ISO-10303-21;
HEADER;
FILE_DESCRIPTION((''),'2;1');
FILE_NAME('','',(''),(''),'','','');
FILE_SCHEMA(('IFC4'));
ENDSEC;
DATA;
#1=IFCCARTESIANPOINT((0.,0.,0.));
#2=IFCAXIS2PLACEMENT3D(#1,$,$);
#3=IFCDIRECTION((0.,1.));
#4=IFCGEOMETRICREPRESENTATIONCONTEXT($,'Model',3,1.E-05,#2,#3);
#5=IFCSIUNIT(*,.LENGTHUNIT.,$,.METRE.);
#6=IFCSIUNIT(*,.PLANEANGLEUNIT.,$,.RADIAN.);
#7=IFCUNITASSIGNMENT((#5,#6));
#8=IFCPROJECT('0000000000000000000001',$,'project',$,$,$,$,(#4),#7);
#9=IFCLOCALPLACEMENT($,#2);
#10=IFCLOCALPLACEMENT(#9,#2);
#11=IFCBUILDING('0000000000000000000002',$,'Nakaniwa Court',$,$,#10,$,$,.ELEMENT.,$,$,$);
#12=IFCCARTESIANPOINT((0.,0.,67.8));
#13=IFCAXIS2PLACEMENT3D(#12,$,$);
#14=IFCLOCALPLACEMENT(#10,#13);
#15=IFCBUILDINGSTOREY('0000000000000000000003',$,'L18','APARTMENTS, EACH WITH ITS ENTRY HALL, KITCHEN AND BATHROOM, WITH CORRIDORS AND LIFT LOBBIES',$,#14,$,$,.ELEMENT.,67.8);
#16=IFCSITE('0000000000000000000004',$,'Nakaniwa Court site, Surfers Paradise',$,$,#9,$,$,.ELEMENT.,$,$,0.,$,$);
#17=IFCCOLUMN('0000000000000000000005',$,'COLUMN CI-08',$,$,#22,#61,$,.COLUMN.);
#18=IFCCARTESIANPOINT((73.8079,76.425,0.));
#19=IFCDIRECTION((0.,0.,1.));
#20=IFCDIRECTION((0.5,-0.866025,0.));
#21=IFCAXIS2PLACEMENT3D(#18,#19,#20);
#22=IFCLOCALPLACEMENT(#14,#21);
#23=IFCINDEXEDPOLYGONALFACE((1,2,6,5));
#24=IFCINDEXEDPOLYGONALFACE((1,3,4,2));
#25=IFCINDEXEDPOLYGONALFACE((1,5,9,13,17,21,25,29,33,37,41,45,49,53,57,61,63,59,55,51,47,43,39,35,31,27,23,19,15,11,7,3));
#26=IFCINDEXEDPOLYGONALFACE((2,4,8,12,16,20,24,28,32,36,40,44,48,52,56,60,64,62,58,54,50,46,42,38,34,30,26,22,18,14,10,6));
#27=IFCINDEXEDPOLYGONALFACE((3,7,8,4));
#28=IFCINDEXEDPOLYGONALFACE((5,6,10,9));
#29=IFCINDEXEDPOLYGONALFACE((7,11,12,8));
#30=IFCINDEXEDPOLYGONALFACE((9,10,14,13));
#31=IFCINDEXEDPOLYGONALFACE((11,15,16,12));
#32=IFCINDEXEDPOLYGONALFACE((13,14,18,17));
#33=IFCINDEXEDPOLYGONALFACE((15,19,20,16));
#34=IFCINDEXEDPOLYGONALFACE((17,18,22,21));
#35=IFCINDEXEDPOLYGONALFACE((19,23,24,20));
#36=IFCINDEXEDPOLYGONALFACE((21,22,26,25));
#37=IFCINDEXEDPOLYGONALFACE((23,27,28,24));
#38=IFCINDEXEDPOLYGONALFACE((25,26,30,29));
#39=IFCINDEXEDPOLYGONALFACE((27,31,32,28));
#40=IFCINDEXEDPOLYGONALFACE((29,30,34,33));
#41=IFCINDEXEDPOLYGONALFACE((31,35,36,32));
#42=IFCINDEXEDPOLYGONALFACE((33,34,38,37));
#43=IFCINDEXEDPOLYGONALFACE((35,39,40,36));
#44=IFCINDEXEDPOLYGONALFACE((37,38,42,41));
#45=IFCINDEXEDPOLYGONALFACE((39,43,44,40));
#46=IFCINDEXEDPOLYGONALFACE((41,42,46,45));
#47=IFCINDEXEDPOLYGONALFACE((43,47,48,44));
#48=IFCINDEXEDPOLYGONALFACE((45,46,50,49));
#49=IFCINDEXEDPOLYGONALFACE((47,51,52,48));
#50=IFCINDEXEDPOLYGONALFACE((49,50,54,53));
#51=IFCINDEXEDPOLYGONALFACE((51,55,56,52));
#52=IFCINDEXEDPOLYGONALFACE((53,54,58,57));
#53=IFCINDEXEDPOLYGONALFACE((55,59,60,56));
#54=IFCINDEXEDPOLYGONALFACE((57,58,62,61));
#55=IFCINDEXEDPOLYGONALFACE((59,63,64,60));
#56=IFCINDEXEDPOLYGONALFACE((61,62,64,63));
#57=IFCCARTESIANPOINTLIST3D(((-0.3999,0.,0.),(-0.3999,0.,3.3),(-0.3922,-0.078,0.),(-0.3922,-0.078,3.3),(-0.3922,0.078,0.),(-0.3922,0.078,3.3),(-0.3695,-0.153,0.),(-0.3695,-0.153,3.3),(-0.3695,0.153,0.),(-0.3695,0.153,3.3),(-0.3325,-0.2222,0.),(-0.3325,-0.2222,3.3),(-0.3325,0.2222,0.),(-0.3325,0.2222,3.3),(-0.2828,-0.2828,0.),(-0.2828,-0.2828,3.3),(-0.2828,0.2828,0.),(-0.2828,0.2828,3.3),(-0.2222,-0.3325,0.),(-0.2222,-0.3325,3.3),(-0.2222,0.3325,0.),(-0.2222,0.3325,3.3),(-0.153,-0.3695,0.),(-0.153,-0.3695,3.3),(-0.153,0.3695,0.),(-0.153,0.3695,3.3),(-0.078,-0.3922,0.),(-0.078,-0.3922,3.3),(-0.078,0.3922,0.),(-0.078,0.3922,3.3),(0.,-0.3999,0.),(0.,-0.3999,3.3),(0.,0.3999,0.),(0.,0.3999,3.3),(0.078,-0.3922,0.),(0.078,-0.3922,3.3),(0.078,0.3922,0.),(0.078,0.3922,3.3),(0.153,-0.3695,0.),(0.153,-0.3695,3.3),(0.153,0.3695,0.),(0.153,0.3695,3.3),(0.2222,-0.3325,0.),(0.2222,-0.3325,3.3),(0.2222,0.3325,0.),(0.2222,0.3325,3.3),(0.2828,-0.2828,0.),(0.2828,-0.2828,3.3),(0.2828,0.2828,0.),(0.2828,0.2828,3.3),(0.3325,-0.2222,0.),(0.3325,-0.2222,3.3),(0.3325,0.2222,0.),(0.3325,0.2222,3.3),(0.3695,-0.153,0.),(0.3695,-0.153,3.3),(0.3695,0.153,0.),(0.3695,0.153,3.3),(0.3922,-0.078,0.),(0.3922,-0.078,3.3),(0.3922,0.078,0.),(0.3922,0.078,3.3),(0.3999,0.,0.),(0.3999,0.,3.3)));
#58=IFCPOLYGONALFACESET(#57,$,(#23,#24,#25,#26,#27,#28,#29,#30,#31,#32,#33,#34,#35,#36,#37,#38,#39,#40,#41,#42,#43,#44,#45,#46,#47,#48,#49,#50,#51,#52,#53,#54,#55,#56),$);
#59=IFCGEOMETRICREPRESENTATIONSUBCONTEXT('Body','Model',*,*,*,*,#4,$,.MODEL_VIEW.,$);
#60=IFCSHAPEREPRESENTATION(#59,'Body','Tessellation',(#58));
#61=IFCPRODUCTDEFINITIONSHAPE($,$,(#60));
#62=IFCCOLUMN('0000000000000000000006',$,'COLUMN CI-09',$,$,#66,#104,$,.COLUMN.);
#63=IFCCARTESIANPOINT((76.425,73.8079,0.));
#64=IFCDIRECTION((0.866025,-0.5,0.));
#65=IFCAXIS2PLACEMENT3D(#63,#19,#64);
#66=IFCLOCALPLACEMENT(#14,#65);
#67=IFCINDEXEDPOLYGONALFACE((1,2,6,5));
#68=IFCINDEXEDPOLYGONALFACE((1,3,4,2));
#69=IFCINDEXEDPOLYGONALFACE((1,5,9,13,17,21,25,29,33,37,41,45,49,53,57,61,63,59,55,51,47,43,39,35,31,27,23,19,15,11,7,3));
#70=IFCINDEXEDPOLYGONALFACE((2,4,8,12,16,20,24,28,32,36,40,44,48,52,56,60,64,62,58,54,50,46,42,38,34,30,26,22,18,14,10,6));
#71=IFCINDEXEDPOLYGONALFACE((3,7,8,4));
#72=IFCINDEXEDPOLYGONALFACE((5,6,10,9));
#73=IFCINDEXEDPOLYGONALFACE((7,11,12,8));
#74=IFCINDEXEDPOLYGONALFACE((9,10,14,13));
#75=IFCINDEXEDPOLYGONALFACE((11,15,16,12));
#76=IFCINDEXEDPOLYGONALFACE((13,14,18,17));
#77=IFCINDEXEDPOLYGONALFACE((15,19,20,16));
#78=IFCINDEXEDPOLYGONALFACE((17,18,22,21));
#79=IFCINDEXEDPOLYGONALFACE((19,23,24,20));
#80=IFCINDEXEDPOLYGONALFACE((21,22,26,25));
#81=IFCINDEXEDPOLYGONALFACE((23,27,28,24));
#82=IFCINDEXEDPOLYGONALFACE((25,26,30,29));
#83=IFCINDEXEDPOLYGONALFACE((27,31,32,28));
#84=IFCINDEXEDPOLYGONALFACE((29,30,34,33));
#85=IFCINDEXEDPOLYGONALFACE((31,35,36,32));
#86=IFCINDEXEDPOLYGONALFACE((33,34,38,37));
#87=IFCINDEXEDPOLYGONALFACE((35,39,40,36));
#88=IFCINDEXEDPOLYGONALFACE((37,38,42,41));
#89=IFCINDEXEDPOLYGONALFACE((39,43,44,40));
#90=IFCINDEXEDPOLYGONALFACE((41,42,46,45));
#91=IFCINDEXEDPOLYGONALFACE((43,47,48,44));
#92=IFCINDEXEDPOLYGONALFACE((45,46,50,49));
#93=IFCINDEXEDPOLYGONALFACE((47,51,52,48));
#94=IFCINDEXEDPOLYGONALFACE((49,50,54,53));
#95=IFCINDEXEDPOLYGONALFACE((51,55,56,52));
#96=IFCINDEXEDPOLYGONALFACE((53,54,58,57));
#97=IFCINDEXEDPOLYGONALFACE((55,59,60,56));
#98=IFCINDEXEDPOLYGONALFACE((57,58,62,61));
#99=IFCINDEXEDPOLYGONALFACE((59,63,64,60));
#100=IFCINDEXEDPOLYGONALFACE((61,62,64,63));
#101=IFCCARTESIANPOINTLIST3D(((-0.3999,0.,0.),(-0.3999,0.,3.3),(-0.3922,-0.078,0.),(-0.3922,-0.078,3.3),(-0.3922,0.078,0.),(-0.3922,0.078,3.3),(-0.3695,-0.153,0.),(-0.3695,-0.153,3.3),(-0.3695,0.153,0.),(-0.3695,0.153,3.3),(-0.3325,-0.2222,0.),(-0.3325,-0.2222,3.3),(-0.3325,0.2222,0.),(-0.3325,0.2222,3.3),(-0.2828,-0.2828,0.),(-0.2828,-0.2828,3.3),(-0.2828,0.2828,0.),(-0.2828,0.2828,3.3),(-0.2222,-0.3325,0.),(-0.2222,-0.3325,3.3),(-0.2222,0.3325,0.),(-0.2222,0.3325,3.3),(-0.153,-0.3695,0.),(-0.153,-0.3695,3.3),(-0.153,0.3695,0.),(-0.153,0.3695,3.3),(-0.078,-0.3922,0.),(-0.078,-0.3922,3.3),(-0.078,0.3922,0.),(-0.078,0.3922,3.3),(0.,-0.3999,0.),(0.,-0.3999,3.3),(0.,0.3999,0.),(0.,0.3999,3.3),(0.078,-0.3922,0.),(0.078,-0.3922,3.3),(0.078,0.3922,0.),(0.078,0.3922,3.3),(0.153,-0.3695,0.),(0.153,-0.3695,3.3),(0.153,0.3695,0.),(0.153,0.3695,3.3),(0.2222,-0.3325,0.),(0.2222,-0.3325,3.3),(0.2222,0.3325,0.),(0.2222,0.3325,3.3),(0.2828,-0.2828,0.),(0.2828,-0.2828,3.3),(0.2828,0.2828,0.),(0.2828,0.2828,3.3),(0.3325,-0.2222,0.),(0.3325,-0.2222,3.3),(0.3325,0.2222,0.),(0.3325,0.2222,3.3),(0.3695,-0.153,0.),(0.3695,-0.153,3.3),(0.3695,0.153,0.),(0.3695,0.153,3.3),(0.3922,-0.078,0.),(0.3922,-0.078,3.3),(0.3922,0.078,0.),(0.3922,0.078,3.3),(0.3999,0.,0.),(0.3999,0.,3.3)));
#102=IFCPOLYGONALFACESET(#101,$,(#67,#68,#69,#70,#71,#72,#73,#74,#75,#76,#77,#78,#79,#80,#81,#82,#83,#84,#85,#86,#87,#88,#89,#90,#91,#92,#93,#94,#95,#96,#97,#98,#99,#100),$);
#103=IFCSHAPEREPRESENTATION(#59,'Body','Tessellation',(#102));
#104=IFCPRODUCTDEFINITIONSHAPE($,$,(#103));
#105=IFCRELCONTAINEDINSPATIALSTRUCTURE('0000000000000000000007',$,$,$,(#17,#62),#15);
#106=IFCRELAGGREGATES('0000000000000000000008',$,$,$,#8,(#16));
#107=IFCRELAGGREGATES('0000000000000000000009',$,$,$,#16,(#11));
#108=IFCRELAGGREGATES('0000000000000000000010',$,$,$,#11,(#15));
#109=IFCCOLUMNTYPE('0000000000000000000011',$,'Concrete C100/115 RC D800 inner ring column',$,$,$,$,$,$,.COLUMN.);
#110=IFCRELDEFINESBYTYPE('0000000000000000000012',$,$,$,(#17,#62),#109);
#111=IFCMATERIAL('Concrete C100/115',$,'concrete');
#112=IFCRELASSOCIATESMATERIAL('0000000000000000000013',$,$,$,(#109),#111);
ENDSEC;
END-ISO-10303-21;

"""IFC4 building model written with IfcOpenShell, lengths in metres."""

from ifc_helpers import new_model, si_unit, direction, frame, origin, origin_2d, place, context, subcontext, project, spatial, circle, extrude, material, material_profile, profile_set, type_object, element, save


model = new_model("IFC4")

# Units and contexts
model_context = context("Model", 3, precision=1e-05, world=origin(), true_north=direction((0.0, 1.0)))
body_context = subcontext(model_context, "Body", "Model", "MODEL_VIEW")
ifc_project = project(units=[si_unit("LENGTHUNIT", "METRE"), si_unit("PLANEANGLEUNIT", "RADIAN")], contexts=[model_context])

# Site, building, storey
site_placement = place(None, origin())
site = spatial("IfcSite", under=ifc_project, at=site_placement, Name="Nakaniwa Court site, Surfers Paradise", CompositionType="ELEMENT", RefElevation=0.0)
building_placement = place(site_placement, origin())
building = spatial("IfcBuilding", under=site, at=building_placement, Name="Nakaniwa Court", CompositionType="ELEMENT")
storey_placement = place(building_placement, frame((0.0, 0.0, 67.8)))
storey = spatial("IfcBuildingStorey", under=building, at=storey_placement, Name="L18", Description="APARTMENTS, EACH WITH ITS ENTRY HALL, KITCHEN AND BATHROOM, WITH CORRIDORS AND LIFT LOBBIES", CompositionType="ELEMENT", Elevation=67.8)

# Columns
ifc_material_1 = material(Name="Concrete C100/115", Category="concrete")
ifc_material_profile_1 = material_profile(ifc_material_1, circle(Radius=0.3999, at=origin_2d()), Name="Concrete C100/115 RC D800 inner ring column")
ifc_profile_set_1 = profile_set([ifc_material_profile_1], Name="Concrete C100/115")
column_type_1 = type_object("IfcColumnType", Name="Concrete C100/115 RC D800 inner ring column", PredefinedType="COLUMN", material=ifc_profile_set_1)
for number, where, z_axis, x_axis, name in (
    (1, (73.8079, 76.425, 0.0), (0.0, 0.0, 1.0), (0.5, -0.866025, 0.0), "COLUMN CI-08"),
    (2, (76.425, 73.8079, 0.0), (0.0, 0.0, 1.0), (0.866025, -0.5, 0.0), "COLUMN CI-09"),
):
    element("IfcColumn", number, at=place(storey_placement, frame(where, z_axis=z_axis, x_axis=x_axis)), inside=storey, type_object=column_type_1, Name=name, PredefinedType="COLUMN", context=body_context, shape_type="SweptSolid", body=[
        extrude(circle(Radius=0.3999, at=origin_2d()), origin(), (0.0, 0.0, 1.0), 3.3),
    ])

save(model, "model.ifc")
